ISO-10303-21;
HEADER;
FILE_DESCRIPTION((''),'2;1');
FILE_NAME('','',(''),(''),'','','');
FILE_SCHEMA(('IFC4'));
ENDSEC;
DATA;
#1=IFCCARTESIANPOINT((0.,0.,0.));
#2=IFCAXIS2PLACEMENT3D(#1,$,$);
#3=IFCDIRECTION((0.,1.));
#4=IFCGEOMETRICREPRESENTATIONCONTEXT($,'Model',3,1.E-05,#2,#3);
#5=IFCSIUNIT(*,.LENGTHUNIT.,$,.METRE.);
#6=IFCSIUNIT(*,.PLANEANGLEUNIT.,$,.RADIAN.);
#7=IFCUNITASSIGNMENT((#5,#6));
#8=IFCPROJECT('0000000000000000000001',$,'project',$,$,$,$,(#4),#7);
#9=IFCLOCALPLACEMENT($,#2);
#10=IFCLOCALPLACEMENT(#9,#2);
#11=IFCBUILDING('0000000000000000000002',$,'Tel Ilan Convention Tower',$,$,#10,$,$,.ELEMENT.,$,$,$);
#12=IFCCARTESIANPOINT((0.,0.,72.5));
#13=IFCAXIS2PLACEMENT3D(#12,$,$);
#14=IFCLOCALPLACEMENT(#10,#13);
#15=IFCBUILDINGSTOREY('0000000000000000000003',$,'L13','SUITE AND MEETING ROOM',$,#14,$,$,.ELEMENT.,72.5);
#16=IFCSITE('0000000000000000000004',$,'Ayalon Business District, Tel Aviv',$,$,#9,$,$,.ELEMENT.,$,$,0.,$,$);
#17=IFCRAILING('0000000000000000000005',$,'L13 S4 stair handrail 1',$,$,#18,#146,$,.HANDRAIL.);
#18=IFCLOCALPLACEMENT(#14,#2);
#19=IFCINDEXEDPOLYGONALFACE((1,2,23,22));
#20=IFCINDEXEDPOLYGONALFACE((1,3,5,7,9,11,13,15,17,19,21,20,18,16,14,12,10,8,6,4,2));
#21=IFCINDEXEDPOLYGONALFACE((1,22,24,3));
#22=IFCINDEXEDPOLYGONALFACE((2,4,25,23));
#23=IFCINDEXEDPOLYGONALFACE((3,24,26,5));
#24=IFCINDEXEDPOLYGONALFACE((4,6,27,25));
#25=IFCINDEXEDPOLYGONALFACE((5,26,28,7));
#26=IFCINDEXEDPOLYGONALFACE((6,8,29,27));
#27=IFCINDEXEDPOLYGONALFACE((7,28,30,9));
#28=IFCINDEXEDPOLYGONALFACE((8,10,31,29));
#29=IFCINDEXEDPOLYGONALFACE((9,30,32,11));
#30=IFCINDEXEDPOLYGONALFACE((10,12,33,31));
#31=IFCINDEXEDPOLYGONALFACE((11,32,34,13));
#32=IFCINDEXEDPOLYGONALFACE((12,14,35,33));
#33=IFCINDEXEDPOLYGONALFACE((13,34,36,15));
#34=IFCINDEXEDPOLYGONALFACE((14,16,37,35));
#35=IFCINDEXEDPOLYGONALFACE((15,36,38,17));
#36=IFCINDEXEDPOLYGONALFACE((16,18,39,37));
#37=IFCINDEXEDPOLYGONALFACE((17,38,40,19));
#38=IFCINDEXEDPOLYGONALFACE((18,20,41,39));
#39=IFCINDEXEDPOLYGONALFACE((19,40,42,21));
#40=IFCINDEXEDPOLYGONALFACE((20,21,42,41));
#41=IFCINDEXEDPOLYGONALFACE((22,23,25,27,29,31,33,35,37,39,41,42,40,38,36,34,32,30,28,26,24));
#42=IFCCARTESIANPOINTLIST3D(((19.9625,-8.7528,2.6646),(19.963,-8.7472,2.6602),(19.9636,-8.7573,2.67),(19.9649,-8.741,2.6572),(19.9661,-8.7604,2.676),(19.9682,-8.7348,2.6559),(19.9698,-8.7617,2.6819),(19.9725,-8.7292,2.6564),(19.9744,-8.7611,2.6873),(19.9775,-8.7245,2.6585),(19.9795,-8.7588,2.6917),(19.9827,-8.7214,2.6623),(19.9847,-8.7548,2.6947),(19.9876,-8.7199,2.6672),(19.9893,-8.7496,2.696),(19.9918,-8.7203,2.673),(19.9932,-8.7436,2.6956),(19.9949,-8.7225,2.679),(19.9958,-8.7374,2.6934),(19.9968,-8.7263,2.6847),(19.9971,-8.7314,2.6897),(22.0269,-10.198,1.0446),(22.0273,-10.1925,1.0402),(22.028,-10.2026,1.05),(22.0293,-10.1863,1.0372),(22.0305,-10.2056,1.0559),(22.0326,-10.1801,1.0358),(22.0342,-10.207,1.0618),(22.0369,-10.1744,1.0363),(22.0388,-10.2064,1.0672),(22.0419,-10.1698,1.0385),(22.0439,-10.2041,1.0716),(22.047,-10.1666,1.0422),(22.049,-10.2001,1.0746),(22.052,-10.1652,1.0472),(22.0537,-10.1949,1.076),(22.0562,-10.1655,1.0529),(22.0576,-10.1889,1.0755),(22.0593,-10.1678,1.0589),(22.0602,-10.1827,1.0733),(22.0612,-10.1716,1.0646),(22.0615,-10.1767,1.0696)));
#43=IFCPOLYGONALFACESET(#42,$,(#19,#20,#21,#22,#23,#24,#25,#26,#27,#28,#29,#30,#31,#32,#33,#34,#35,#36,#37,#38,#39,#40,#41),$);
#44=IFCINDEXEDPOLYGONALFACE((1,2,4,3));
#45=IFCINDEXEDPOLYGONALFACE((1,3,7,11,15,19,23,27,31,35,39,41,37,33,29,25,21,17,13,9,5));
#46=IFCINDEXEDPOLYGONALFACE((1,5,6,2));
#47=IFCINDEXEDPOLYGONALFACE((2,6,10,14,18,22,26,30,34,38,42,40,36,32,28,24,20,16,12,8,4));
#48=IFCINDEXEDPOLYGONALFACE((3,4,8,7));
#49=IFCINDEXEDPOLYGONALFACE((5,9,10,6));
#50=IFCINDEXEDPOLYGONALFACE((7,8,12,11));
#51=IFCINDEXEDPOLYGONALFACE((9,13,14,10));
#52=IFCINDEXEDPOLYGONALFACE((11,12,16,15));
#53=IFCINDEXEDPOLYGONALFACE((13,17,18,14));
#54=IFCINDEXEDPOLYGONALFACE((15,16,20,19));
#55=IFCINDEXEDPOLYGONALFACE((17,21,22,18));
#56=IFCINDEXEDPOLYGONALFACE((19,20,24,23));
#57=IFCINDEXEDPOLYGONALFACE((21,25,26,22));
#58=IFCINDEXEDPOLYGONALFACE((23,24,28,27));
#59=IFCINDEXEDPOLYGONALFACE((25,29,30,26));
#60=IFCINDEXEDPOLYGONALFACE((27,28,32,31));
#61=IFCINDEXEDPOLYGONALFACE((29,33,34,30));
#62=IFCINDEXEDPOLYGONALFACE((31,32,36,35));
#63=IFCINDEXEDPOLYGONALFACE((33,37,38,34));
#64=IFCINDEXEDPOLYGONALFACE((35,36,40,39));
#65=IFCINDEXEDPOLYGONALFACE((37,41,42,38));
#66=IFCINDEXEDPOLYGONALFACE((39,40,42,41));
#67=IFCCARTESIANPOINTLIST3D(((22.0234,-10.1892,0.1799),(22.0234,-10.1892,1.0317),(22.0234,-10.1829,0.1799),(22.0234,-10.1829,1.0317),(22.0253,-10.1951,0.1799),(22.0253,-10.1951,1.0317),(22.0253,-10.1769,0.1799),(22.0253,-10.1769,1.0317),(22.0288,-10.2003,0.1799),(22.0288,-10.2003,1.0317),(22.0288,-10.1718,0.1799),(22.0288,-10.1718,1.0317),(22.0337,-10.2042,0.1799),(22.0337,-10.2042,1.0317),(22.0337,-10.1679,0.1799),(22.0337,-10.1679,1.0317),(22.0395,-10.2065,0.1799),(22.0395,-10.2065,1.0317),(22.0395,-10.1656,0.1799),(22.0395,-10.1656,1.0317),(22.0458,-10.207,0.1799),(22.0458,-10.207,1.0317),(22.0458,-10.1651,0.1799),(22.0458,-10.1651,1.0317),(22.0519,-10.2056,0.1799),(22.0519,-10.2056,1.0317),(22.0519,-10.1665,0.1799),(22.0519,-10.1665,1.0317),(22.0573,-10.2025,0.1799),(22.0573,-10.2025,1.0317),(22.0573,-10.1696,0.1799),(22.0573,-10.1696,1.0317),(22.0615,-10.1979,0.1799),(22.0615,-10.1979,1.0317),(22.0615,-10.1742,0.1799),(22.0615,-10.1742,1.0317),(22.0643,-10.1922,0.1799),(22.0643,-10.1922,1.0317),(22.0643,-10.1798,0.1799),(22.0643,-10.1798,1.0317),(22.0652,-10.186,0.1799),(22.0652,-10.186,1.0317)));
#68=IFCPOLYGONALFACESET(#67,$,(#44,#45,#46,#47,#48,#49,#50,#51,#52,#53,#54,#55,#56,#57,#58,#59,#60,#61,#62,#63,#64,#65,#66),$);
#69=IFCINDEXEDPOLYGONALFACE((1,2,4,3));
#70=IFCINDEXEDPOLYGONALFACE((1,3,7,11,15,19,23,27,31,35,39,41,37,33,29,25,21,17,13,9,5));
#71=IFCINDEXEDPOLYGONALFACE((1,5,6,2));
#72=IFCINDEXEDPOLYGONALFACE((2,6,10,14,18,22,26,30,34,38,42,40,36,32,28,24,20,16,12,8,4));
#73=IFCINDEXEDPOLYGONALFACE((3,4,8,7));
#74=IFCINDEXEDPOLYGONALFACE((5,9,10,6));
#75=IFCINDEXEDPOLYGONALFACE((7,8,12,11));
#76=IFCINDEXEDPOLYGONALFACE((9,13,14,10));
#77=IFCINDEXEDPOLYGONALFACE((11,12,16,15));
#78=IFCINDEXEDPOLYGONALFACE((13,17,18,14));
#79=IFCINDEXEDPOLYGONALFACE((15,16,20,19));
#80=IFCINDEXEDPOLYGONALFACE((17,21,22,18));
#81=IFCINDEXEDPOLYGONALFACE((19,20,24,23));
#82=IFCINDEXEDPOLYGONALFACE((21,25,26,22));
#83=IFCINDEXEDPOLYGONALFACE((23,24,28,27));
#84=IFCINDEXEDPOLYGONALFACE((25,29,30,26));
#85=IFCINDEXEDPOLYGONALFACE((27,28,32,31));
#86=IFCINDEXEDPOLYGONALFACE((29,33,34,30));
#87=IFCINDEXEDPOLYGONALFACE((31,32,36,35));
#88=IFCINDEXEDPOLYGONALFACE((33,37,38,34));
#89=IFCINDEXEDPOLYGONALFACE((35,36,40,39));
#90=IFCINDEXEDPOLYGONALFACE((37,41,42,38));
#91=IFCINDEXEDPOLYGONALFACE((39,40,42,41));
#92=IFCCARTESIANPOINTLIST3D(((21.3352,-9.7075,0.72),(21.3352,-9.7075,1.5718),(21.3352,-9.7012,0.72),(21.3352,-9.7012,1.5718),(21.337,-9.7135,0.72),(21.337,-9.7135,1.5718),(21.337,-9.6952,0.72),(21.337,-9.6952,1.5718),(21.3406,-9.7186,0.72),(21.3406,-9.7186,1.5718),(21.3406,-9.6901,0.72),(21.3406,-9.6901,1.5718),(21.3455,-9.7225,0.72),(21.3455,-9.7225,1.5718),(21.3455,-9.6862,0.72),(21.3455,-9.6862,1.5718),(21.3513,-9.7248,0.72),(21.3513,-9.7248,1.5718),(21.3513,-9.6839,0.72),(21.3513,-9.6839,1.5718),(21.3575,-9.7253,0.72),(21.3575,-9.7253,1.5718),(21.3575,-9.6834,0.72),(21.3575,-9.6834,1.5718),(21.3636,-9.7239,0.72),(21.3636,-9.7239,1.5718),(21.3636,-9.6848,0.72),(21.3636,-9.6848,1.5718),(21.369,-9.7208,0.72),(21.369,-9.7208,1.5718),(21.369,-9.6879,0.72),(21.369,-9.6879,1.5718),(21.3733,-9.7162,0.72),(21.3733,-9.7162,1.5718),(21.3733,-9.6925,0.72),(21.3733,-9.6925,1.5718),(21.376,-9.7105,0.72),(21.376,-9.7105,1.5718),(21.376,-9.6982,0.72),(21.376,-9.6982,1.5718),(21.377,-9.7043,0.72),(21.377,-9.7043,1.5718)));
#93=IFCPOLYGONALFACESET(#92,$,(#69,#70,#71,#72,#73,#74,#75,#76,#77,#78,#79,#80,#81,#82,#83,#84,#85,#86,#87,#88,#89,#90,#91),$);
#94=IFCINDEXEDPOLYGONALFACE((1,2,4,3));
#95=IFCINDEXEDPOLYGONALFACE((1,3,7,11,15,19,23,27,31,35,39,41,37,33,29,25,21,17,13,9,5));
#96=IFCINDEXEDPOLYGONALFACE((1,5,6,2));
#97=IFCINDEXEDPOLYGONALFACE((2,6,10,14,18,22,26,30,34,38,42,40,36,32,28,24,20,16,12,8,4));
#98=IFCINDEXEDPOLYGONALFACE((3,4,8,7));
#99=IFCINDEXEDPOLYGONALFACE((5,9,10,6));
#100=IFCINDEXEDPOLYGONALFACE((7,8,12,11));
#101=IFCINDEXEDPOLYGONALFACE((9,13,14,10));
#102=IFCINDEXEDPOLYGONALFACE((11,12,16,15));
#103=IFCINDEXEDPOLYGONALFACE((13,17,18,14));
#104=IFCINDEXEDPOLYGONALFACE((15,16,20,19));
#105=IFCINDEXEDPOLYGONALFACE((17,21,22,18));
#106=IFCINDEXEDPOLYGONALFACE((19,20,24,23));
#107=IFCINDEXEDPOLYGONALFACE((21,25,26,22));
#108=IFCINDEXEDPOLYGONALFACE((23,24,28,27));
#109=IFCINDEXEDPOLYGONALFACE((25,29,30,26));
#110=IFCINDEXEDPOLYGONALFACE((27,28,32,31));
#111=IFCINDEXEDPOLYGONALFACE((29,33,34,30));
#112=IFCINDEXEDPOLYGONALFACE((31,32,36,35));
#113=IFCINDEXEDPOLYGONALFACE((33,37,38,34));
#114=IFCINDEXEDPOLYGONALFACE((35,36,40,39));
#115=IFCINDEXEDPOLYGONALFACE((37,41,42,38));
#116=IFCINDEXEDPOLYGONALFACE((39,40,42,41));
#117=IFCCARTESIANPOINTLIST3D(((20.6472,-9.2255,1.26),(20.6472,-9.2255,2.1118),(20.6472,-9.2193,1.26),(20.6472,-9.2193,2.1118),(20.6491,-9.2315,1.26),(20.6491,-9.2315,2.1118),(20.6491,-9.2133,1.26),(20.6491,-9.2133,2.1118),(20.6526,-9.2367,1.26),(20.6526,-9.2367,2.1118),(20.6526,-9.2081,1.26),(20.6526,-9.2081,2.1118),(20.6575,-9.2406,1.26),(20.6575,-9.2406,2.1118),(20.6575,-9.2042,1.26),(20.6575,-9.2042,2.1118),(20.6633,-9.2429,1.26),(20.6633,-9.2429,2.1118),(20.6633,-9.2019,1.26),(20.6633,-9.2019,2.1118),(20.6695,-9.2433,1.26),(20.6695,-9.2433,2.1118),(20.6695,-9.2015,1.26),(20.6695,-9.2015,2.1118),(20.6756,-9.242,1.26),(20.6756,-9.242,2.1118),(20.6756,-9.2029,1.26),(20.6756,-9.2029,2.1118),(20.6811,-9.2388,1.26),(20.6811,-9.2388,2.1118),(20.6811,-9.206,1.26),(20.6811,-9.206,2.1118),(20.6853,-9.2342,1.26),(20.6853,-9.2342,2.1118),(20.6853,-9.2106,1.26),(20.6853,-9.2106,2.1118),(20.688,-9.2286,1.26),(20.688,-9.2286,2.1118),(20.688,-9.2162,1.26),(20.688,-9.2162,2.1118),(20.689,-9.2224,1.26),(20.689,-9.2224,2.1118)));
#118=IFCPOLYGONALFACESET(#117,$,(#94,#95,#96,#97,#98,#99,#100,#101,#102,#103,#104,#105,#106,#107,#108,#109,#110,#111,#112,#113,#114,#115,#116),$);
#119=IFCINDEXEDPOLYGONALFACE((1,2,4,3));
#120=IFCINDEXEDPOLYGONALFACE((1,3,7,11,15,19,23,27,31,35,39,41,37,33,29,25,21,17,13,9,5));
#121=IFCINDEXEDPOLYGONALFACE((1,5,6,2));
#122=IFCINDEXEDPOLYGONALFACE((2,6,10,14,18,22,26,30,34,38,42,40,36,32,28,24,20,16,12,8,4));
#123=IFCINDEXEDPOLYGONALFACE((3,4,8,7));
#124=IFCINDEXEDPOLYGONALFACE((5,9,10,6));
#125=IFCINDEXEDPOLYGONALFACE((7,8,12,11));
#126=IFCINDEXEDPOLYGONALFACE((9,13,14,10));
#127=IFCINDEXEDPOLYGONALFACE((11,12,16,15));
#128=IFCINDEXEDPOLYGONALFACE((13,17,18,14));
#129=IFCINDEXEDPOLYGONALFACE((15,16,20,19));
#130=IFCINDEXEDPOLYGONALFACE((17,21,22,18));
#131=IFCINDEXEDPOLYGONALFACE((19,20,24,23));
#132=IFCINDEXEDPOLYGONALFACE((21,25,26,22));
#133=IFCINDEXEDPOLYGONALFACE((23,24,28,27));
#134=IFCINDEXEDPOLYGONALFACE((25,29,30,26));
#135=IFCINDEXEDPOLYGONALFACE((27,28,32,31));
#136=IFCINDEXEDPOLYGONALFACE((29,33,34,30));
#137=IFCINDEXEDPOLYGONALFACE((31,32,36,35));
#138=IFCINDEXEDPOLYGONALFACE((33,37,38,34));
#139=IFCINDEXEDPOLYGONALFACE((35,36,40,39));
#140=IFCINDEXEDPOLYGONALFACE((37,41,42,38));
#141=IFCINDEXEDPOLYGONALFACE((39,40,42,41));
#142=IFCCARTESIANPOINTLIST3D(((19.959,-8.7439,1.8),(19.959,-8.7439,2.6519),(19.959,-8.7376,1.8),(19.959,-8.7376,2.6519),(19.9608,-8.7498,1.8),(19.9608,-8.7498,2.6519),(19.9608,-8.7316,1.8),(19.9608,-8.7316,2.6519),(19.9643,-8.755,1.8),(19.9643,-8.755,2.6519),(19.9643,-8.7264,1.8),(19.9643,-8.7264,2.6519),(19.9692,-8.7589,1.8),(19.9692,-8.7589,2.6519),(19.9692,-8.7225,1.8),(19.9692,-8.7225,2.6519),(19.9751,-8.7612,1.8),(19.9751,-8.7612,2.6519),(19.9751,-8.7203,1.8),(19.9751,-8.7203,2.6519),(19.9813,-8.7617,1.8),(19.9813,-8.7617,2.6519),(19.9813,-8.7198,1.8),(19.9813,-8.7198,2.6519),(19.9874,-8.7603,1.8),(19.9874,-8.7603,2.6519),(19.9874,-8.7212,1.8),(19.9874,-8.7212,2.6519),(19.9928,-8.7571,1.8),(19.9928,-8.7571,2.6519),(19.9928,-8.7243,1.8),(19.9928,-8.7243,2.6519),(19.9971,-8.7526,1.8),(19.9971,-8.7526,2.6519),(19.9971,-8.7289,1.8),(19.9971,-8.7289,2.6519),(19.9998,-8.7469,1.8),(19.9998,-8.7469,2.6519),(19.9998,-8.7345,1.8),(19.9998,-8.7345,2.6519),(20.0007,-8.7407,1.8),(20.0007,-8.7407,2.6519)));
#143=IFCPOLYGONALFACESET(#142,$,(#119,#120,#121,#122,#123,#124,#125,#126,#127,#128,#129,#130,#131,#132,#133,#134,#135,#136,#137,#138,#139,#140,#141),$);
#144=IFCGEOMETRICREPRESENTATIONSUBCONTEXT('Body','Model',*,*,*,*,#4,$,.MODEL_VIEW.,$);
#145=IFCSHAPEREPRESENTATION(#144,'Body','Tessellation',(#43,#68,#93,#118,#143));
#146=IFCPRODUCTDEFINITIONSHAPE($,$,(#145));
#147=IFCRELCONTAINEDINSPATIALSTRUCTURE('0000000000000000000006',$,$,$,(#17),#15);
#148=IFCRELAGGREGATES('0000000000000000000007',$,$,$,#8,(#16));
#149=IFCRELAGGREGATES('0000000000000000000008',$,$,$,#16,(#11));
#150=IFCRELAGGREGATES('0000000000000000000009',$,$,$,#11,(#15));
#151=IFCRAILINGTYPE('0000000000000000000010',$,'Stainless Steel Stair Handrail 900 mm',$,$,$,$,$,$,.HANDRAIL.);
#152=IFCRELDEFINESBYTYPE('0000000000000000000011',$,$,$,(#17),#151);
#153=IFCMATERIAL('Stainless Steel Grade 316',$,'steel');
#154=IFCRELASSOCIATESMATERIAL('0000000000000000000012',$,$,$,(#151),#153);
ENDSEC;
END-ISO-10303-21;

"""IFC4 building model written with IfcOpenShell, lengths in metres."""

from ifc_helpers import new_model, si_unit, direction, frame, origin, origin_2d, place, context, subcontext, project, spatial, circle, extrude, material, type_object, element, save


model = new_model("IFC4")

# Units and contexts
model_context = context("Model", 3, precision=1e-05, world=origin(), true_north=direction((0.0, 1.0)))
body_context = subcontext(model_context, "Body", "Model", "MODEL_VIEW")
ifc_project = project(units=[si_unit("LENGTHUNIT", "METRE"), si_unit("PLANEANGLEUNIT", "RADIAN")], contexts=[model_context])

# Site, building, storey
site_placement = place(None, origin())
site = spatial("IfcSite", under=ifc_project, at=site_placement, Name="Ayalon Business District, Tel Aviv", CompositionType="ELEMENT", RefElevation=0.0)
building_placement = place(site_placement, origin())
building = spatial("IfcBuilding", under=site, at=building_placement, Name="Tel Ilan Convention Tower", CompositionType="ELEMENT")
storey_placement = place(building_placement, frame((0.0, 0.0, 72.5)))
storey = spatial("IfcBuildingStorey", under=building, at=storey_placement, Name="L13", Description="SUITE AND MEETING ROOM", CompositionType="ELEMENT", Elevation=72.5)

# Railing
ifc_material_1 = material(Name="Stainless Steel Grade 316", Category="steel")
railing_type_1 = type_object("IfcRailingType", Name="Stainless Steel Stair Handrail 900 mm", PredefinedType="HANDRAIL", material=ifc_material_1)
railing_1_placement = place(storey_placement, frame((22.0442, -10.186, 0.1799)))
element("IfcRailing", 1, at=railing_1_placement, inside=storey, type_object=railing_type_1, Name="L13 S4 stair handrail 1", PredefinedType="HANDRAIL", context=body_context, shape_type="SweptSolid", body=[
    extrude(circle(Radius=0.0239, at=origin_2d()), frame((0.0, 0.0, 0.876), z_axis=(-0.689083, 0.482423, 0.54077), x_axis=(-0.573514, -0.819196, 0.0)), (0.0, 0.0, 1.0), 2.9958),
    extrude(circle(Radius=0.021, at=origin_2d()), origin(), (0.0, 0.0, 1.0), 0.8518),
    extrude(circle(Radius=0.021, at=origin_2d()), frame((-0.6882, 0.4817, 0.54)), (0.0, 0.0, 1.0), 0.8518),
    extrude(circle(Radius=0.021, at=origin_2d()), frame((-1.3762, 0.9636, 1.0801)), (0.0, 0.0, 1.0), 0.8518),
    extrude(circle(Radius=0.021, at=origin_2d()), frame((-2.0645, 1.4453, 1.6201)), (0.0, 0.0, 1.0), 0.8518),
])

save(model, "model.ifc")
